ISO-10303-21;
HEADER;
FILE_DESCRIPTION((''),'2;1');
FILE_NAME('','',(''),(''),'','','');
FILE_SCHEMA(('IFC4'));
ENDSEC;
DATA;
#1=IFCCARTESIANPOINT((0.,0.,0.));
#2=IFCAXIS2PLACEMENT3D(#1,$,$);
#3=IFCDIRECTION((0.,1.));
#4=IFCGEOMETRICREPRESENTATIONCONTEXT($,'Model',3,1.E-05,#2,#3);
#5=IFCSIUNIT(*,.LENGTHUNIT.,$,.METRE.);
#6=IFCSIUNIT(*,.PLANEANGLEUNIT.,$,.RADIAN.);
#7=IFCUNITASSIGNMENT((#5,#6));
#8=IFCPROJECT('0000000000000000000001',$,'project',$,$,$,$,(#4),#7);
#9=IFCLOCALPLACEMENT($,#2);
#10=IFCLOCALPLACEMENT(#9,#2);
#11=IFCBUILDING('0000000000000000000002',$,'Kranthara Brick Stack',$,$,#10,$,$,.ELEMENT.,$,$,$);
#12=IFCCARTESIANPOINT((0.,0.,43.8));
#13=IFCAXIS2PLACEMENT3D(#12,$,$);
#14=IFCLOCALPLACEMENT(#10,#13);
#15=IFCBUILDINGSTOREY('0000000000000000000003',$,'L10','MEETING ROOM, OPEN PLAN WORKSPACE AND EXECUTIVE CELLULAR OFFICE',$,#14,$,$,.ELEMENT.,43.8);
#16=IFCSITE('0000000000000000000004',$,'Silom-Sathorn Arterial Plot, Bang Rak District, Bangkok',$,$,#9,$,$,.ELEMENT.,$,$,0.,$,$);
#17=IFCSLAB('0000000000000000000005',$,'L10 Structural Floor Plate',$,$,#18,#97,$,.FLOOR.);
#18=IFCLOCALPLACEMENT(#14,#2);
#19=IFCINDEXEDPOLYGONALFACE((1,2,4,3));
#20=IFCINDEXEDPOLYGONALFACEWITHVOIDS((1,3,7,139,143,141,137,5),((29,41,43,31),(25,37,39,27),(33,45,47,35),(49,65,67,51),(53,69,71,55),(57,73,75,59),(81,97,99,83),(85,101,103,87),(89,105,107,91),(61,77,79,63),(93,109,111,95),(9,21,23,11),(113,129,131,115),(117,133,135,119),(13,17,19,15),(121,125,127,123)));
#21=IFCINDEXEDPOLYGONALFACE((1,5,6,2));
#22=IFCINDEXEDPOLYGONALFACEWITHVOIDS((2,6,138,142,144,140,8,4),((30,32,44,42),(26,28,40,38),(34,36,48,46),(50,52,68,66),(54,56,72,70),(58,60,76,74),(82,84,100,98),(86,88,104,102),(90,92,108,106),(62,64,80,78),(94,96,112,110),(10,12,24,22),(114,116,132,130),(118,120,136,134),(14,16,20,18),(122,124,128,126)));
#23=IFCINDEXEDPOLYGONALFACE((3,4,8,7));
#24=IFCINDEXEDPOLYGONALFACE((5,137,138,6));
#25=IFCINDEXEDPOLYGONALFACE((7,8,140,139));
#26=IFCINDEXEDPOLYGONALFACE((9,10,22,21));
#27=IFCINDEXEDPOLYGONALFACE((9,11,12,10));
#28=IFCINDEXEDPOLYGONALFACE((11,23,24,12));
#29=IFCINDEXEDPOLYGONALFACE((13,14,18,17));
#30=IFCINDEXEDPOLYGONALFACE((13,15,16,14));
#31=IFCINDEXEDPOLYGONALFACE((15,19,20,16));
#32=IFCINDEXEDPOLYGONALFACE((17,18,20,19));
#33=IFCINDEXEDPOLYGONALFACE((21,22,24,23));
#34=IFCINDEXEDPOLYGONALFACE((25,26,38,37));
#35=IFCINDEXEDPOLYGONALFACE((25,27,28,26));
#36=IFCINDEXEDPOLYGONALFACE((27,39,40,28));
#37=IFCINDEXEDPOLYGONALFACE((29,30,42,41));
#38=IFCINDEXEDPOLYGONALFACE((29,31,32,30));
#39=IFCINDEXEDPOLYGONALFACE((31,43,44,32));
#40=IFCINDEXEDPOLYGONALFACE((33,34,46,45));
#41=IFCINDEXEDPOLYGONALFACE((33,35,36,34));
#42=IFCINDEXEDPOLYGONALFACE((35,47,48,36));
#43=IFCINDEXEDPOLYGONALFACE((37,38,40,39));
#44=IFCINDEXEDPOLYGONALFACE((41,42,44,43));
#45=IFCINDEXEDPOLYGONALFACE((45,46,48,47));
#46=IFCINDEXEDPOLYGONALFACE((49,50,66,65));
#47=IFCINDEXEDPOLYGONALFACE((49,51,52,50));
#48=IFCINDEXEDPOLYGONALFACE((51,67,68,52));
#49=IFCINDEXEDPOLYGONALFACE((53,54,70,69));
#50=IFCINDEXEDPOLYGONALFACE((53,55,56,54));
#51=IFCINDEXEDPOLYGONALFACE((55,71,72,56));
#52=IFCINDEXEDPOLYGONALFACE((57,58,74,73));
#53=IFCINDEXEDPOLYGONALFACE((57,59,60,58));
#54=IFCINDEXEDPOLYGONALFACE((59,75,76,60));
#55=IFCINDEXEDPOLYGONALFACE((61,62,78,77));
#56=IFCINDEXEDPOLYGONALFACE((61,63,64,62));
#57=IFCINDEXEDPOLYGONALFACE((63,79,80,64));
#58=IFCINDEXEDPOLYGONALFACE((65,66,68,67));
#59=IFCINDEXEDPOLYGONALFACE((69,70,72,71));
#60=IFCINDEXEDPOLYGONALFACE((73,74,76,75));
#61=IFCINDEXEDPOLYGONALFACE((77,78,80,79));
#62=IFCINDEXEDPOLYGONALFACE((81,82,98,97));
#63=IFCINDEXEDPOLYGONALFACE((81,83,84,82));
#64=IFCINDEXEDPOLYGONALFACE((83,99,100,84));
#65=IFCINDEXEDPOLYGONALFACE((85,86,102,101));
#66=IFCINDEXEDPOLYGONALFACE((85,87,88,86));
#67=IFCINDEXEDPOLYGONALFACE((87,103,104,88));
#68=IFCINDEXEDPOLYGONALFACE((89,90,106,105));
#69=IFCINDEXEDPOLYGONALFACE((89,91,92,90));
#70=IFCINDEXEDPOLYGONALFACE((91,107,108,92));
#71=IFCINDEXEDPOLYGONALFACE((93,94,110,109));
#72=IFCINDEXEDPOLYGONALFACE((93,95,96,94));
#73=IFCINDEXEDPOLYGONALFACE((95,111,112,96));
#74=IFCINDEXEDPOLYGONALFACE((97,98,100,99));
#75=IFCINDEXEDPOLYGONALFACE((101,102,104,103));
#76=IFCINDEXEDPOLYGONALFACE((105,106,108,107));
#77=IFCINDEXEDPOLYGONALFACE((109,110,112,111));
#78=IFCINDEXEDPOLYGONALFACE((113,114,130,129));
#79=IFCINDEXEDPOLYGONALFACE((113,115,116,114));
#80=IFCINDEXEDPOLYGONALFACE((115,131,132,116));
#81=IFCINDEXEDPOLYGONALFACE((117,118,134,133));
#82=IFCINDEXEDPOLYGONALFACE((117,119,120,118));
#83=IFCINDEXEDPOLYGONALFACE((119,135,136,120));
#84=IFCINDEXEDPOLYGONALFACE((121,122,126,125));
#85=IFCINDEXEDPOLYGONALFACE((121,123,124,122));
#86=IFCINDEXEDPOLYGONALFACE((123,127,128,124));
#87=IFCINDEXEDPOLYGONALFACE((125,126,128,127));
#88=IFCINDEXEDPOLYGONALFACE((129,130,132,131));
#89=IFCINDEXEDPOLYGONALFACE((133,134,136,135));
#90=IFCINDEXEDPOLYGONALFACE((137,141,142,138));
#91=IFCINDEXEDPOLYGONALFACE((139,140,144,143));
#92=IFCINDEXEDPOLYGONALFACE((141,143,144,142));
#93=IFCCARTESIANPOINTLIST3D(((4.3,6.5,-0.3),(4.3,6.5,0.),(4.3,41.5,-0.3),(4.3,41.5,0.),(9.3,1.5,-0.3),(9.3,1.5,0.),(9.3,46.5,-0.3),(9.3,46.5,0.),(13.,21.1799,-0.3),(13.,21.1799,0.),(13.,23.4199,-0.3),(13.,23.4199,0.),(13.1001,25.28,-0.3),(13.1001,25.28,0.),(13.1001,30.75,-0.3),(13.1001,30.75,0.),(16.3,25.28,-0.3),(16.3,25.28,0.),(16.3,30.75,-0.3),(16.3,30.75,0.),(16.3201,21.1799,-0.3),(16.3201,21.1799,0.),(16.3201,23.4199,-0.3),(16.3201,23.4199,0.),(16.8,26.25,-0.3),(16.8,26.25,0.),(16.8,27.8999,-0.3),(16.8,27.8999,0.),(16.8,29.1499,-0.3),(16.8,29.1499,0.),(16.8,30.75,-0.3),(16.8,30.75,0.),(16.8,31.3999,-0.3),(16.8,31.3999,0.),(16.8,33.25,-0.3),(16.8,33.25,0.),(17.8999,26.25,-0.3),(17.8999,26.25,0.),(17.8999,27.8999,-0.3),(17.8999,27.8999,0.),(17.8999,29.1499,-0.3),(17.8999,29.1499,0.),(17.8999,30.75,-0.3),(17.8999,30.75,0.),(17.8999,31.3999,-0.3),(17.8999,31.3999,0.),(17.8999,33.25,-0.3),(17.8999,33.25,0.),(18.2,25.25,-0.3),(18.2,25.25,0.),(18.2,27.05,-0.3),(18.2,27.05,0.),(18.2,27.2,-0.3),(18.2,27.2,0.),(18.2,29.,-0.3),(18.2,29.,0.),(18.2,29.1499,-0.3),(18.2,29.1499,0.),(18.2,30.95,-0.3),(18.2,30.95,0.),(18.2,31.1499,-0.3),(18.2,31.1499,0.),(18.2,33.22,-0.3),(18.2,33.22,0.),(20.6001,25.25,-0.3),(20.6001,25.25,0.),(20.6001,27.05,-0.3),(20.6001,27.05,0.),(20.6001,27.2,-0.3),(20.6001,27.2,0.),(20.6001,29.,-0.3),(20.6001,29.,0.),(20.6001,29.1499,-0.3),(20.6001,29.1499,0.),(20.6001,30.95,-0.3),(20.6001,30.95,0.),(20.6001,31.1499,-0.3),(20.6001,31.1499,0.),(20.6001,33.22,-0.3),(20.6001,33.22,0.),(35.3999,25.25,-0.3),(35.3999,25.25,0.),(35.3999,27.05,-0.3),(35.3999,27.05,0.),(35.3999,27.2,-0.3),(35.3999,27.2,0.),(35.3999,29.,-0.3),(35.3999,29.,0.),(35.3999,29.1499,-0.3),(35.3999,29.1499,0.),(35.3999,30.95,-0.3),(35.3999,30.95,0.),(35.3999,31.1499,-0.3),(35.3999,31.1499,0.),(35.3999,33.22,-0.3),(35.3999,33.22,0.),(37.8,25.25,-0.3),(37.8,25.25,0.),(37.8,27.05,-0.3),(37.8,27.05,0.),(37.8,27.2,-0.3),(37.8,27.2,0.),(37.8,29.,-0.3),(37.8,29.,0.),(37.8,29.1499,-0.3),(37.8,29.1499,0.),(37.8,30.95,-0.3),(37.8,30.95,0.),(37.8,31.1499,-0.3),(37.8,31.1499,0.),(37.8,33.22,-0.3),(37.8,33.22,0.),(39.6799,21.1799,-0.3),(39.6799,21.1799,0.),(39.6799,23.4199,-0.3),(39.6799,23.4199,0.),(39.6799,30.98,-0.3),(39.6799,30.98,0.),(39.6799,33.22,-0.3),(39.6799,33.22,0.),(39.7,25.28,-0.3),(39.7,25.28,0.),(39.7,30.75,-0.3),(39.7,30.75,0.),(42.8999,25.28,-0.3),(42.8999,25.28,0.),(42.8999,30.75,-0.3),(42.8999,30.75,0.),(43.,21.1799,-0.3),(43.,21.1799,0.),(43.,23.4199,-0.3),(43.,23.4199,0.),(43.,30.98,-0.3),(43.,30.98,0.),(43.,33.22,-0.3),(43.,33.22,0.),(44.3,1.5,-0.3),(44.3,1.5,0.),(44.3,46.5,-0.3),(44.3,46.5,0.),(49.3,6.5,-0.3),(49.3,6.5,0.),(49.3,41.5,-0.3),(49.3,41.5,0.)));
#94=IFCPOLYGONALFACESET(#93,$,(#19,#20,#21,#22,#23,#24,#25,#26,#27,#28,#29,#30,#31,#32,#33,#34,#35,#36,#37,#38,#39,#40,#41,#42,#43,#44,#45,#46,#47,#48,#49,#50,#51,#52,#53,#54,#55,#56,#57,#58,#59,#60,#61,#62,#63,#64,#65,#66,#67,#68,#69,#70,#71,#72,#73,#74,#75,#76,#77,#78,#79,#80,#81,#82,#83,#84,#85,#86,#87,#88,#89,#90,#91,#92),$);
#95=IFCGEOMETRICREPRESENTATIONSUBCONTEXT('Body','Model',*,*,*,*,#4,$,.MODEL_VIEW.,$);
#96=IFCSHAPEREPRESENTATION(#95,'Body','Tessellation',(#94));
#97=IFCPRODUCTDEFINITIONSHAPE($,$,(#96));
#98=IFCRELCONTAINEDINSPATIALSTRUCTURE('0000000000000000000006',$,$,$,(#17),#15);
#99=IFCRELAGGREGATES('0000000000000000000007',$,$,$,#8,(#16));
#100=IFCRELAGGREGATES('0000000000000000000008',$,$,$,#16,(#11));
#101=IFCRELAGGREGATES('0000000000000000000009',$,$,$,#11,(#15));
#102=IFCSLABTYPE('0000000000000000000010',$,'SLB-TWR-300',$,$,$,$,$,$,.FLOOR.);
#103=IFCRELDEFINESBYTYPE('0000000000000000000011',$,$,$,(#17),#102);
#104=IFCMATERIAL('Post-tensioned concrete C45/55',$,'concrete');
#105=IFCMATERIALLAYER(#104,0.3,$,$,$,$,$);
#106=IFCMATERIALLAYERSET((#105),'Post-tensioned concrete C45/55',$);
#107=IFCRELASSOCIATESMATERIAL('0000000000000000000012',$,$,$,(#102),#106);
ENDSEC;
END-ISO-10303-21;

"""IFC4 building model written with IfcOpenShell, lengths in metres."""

from ifc_helpers import new_model, si_unit, direction, frame, origin, place, context, subcontext, project, spatial, polyline, outline, extrude, material, layer, layer_set, type_object, element, save


model = new_model("IFC4")

# Units and contexts
model_context = context("Model", 3, precision=1e-05, world=origin(), true_north=direction((0.0, 1.0)))
body_context = subcontext(model_context, "Body", "Model", "MODEL_VIEW")
ifc_project = project(units=[si_unit("LENGTHUNIT", "METRE"), si_unit("PLANEANGLEUNIT", "RADIAN")], contexts=[model_context])

# Site, building, storey
site_placement = place(None, origin())
site = spatial("IfcSite", under=ifc_project, at=site_placement, Name="Silom-Sathorn Arterial Plot, Bang Rak District, Bangkok", CompositionType="ELEMENT", RefElevation=0.0)
building_placement = place(site_placement, origin())
building = spatial("IfcBuilding", under=site, at=building_placement, Name="Kranthara Brick Stack", CompositionType="ELEMENT")
storey_placement = place(building_placement, frame((0.0, 0.0, 43.8)))
storey = spatial("IfcBuildingStorey", under=building, at=storey_placement, Name="L10", Description="MEETING ROOM, OPEN PLAN WORKSPACE AND EXECUTIVE CELLULAR OFFICE", CompositionType="ELEMENT", Elevation=43.8)

# Slab
ifc_material_1 = material(Name="Post-tensioned concrete C45/55", Category="concrete")
ifc_layer_1 = layer(ifc_material_1, 0.3)
ifc_layer_set_1 = layer_set([ifc_layer_1], Name="Post-tensioned concrete C45/55")
slab_type_1 = type_object("IfcSlabType", Name="SLB-TWR-300", PredefinedType="FLOOR", material=ifc_layer_set_1)
slab_1_placement = place(storey_placement, frame((0.0, 0.0, -0.3)))
element("IfcSlab", 1, at=slab_1_placement, inside=storey, type_object=slab_type_1, Name="L10 Structural Floor Plate", PredefinedType="FLOOR", context=body_context, shape_type="SweptSolid", body=[
    extrude(outline(polyline([(9.3, 1.5), (44.3, 1.5), (49.3, 6.5), (49.3, 41.5), (44.3, 46.5), (9.3, 46.5), (4.3, 41.5), (4.3, 6.5), (9.3, 1.5)]), holes=[polyline([(13.1001, 25.28), (16.3, 25.28), (16.3, 30.75), (13.1001, 30.75), (13.1001, 25.28)]), polyline([(39.7, 25.28), (42.8999, 25.28), (42.8999, 30.75), (39.7, 30.75), (39.7, 25.28)]), polyline([(13.0, 21.1799), (16.3201, 21.1799), (16.3201, 23.4199), (13.0, 23.4199), (13.0, 21.1799)]), polyline([(39.6799, 21.1799), (43.0, 21.1799), (43.0, 23.4199), (39.6799, 23.4199), (39.6799, 21.1799)]), polyline([(39.6799, 30.98), (43.0, 30.98), (43.0, 33.22), (39.6799, 33.22), (39.6799, 30.98)]), polyline([(18.2, 25.25), (20.6001, 25.25), (20.6001, 27.05), (18.2, 27.05), (18.2, 25.25)]), polyline([(18.2, 27.2), (20.6001, 27.2), (20.6001, 29.0), (18.2, 29.0), (18.2, 27.2)]), polyline([(18.2, 29.1499), (20.6001, 29.1499), (20.6001, 30.95), (18.2, 30.95), (18.2, 29.1499)]), polyline([(35.3999, 25.25), (37.8, 25.25), (37.8, 27.05), (35.3999, 27.05), (35.3999, 25.25)]), polyline([(35.3999, 27.2), (37.8, 27.2), (37.8, 29.0), (35.3999, 29.0), (35.3999, 27.2)]), polyline([(35.3999, 29.1499), (37.8, 29.1499), (37.8, 30.95), (35.3999, 30.95), (35.3999, 29.1499)]), polyline([(18.2, 31.1499), (20.6001, 31.1499), (20.6001, 33.22), (18.2, 33.22), (18.2, 31.1499)]), polyline([(35.3999, 31.1499), (37.8, 31.1499), (37.8, 33.22), (35.3999, 33.22), (35.3999, 31.1499)]), polyline([(16.8, 26.25), (17.8999, 26.25), (17.8999, 27.8999), (16.8, 27.8999), (16.8, 26.25)]), polyline([(16.8, 29.1499), (17.8999, 29.1499), (17.8999, 30.75), (16.8, 30.75), (16.8, 29.1499)]), polyline([(16.8, 31.3999), (17.8999, 31.3999), (17.8999, 33.25), (16.8, 33.25), (16.8, 31.3999)])]), origin(), (0.0, 0.0, 1.0), 0.3),
])

save(model, "model.ifc")
